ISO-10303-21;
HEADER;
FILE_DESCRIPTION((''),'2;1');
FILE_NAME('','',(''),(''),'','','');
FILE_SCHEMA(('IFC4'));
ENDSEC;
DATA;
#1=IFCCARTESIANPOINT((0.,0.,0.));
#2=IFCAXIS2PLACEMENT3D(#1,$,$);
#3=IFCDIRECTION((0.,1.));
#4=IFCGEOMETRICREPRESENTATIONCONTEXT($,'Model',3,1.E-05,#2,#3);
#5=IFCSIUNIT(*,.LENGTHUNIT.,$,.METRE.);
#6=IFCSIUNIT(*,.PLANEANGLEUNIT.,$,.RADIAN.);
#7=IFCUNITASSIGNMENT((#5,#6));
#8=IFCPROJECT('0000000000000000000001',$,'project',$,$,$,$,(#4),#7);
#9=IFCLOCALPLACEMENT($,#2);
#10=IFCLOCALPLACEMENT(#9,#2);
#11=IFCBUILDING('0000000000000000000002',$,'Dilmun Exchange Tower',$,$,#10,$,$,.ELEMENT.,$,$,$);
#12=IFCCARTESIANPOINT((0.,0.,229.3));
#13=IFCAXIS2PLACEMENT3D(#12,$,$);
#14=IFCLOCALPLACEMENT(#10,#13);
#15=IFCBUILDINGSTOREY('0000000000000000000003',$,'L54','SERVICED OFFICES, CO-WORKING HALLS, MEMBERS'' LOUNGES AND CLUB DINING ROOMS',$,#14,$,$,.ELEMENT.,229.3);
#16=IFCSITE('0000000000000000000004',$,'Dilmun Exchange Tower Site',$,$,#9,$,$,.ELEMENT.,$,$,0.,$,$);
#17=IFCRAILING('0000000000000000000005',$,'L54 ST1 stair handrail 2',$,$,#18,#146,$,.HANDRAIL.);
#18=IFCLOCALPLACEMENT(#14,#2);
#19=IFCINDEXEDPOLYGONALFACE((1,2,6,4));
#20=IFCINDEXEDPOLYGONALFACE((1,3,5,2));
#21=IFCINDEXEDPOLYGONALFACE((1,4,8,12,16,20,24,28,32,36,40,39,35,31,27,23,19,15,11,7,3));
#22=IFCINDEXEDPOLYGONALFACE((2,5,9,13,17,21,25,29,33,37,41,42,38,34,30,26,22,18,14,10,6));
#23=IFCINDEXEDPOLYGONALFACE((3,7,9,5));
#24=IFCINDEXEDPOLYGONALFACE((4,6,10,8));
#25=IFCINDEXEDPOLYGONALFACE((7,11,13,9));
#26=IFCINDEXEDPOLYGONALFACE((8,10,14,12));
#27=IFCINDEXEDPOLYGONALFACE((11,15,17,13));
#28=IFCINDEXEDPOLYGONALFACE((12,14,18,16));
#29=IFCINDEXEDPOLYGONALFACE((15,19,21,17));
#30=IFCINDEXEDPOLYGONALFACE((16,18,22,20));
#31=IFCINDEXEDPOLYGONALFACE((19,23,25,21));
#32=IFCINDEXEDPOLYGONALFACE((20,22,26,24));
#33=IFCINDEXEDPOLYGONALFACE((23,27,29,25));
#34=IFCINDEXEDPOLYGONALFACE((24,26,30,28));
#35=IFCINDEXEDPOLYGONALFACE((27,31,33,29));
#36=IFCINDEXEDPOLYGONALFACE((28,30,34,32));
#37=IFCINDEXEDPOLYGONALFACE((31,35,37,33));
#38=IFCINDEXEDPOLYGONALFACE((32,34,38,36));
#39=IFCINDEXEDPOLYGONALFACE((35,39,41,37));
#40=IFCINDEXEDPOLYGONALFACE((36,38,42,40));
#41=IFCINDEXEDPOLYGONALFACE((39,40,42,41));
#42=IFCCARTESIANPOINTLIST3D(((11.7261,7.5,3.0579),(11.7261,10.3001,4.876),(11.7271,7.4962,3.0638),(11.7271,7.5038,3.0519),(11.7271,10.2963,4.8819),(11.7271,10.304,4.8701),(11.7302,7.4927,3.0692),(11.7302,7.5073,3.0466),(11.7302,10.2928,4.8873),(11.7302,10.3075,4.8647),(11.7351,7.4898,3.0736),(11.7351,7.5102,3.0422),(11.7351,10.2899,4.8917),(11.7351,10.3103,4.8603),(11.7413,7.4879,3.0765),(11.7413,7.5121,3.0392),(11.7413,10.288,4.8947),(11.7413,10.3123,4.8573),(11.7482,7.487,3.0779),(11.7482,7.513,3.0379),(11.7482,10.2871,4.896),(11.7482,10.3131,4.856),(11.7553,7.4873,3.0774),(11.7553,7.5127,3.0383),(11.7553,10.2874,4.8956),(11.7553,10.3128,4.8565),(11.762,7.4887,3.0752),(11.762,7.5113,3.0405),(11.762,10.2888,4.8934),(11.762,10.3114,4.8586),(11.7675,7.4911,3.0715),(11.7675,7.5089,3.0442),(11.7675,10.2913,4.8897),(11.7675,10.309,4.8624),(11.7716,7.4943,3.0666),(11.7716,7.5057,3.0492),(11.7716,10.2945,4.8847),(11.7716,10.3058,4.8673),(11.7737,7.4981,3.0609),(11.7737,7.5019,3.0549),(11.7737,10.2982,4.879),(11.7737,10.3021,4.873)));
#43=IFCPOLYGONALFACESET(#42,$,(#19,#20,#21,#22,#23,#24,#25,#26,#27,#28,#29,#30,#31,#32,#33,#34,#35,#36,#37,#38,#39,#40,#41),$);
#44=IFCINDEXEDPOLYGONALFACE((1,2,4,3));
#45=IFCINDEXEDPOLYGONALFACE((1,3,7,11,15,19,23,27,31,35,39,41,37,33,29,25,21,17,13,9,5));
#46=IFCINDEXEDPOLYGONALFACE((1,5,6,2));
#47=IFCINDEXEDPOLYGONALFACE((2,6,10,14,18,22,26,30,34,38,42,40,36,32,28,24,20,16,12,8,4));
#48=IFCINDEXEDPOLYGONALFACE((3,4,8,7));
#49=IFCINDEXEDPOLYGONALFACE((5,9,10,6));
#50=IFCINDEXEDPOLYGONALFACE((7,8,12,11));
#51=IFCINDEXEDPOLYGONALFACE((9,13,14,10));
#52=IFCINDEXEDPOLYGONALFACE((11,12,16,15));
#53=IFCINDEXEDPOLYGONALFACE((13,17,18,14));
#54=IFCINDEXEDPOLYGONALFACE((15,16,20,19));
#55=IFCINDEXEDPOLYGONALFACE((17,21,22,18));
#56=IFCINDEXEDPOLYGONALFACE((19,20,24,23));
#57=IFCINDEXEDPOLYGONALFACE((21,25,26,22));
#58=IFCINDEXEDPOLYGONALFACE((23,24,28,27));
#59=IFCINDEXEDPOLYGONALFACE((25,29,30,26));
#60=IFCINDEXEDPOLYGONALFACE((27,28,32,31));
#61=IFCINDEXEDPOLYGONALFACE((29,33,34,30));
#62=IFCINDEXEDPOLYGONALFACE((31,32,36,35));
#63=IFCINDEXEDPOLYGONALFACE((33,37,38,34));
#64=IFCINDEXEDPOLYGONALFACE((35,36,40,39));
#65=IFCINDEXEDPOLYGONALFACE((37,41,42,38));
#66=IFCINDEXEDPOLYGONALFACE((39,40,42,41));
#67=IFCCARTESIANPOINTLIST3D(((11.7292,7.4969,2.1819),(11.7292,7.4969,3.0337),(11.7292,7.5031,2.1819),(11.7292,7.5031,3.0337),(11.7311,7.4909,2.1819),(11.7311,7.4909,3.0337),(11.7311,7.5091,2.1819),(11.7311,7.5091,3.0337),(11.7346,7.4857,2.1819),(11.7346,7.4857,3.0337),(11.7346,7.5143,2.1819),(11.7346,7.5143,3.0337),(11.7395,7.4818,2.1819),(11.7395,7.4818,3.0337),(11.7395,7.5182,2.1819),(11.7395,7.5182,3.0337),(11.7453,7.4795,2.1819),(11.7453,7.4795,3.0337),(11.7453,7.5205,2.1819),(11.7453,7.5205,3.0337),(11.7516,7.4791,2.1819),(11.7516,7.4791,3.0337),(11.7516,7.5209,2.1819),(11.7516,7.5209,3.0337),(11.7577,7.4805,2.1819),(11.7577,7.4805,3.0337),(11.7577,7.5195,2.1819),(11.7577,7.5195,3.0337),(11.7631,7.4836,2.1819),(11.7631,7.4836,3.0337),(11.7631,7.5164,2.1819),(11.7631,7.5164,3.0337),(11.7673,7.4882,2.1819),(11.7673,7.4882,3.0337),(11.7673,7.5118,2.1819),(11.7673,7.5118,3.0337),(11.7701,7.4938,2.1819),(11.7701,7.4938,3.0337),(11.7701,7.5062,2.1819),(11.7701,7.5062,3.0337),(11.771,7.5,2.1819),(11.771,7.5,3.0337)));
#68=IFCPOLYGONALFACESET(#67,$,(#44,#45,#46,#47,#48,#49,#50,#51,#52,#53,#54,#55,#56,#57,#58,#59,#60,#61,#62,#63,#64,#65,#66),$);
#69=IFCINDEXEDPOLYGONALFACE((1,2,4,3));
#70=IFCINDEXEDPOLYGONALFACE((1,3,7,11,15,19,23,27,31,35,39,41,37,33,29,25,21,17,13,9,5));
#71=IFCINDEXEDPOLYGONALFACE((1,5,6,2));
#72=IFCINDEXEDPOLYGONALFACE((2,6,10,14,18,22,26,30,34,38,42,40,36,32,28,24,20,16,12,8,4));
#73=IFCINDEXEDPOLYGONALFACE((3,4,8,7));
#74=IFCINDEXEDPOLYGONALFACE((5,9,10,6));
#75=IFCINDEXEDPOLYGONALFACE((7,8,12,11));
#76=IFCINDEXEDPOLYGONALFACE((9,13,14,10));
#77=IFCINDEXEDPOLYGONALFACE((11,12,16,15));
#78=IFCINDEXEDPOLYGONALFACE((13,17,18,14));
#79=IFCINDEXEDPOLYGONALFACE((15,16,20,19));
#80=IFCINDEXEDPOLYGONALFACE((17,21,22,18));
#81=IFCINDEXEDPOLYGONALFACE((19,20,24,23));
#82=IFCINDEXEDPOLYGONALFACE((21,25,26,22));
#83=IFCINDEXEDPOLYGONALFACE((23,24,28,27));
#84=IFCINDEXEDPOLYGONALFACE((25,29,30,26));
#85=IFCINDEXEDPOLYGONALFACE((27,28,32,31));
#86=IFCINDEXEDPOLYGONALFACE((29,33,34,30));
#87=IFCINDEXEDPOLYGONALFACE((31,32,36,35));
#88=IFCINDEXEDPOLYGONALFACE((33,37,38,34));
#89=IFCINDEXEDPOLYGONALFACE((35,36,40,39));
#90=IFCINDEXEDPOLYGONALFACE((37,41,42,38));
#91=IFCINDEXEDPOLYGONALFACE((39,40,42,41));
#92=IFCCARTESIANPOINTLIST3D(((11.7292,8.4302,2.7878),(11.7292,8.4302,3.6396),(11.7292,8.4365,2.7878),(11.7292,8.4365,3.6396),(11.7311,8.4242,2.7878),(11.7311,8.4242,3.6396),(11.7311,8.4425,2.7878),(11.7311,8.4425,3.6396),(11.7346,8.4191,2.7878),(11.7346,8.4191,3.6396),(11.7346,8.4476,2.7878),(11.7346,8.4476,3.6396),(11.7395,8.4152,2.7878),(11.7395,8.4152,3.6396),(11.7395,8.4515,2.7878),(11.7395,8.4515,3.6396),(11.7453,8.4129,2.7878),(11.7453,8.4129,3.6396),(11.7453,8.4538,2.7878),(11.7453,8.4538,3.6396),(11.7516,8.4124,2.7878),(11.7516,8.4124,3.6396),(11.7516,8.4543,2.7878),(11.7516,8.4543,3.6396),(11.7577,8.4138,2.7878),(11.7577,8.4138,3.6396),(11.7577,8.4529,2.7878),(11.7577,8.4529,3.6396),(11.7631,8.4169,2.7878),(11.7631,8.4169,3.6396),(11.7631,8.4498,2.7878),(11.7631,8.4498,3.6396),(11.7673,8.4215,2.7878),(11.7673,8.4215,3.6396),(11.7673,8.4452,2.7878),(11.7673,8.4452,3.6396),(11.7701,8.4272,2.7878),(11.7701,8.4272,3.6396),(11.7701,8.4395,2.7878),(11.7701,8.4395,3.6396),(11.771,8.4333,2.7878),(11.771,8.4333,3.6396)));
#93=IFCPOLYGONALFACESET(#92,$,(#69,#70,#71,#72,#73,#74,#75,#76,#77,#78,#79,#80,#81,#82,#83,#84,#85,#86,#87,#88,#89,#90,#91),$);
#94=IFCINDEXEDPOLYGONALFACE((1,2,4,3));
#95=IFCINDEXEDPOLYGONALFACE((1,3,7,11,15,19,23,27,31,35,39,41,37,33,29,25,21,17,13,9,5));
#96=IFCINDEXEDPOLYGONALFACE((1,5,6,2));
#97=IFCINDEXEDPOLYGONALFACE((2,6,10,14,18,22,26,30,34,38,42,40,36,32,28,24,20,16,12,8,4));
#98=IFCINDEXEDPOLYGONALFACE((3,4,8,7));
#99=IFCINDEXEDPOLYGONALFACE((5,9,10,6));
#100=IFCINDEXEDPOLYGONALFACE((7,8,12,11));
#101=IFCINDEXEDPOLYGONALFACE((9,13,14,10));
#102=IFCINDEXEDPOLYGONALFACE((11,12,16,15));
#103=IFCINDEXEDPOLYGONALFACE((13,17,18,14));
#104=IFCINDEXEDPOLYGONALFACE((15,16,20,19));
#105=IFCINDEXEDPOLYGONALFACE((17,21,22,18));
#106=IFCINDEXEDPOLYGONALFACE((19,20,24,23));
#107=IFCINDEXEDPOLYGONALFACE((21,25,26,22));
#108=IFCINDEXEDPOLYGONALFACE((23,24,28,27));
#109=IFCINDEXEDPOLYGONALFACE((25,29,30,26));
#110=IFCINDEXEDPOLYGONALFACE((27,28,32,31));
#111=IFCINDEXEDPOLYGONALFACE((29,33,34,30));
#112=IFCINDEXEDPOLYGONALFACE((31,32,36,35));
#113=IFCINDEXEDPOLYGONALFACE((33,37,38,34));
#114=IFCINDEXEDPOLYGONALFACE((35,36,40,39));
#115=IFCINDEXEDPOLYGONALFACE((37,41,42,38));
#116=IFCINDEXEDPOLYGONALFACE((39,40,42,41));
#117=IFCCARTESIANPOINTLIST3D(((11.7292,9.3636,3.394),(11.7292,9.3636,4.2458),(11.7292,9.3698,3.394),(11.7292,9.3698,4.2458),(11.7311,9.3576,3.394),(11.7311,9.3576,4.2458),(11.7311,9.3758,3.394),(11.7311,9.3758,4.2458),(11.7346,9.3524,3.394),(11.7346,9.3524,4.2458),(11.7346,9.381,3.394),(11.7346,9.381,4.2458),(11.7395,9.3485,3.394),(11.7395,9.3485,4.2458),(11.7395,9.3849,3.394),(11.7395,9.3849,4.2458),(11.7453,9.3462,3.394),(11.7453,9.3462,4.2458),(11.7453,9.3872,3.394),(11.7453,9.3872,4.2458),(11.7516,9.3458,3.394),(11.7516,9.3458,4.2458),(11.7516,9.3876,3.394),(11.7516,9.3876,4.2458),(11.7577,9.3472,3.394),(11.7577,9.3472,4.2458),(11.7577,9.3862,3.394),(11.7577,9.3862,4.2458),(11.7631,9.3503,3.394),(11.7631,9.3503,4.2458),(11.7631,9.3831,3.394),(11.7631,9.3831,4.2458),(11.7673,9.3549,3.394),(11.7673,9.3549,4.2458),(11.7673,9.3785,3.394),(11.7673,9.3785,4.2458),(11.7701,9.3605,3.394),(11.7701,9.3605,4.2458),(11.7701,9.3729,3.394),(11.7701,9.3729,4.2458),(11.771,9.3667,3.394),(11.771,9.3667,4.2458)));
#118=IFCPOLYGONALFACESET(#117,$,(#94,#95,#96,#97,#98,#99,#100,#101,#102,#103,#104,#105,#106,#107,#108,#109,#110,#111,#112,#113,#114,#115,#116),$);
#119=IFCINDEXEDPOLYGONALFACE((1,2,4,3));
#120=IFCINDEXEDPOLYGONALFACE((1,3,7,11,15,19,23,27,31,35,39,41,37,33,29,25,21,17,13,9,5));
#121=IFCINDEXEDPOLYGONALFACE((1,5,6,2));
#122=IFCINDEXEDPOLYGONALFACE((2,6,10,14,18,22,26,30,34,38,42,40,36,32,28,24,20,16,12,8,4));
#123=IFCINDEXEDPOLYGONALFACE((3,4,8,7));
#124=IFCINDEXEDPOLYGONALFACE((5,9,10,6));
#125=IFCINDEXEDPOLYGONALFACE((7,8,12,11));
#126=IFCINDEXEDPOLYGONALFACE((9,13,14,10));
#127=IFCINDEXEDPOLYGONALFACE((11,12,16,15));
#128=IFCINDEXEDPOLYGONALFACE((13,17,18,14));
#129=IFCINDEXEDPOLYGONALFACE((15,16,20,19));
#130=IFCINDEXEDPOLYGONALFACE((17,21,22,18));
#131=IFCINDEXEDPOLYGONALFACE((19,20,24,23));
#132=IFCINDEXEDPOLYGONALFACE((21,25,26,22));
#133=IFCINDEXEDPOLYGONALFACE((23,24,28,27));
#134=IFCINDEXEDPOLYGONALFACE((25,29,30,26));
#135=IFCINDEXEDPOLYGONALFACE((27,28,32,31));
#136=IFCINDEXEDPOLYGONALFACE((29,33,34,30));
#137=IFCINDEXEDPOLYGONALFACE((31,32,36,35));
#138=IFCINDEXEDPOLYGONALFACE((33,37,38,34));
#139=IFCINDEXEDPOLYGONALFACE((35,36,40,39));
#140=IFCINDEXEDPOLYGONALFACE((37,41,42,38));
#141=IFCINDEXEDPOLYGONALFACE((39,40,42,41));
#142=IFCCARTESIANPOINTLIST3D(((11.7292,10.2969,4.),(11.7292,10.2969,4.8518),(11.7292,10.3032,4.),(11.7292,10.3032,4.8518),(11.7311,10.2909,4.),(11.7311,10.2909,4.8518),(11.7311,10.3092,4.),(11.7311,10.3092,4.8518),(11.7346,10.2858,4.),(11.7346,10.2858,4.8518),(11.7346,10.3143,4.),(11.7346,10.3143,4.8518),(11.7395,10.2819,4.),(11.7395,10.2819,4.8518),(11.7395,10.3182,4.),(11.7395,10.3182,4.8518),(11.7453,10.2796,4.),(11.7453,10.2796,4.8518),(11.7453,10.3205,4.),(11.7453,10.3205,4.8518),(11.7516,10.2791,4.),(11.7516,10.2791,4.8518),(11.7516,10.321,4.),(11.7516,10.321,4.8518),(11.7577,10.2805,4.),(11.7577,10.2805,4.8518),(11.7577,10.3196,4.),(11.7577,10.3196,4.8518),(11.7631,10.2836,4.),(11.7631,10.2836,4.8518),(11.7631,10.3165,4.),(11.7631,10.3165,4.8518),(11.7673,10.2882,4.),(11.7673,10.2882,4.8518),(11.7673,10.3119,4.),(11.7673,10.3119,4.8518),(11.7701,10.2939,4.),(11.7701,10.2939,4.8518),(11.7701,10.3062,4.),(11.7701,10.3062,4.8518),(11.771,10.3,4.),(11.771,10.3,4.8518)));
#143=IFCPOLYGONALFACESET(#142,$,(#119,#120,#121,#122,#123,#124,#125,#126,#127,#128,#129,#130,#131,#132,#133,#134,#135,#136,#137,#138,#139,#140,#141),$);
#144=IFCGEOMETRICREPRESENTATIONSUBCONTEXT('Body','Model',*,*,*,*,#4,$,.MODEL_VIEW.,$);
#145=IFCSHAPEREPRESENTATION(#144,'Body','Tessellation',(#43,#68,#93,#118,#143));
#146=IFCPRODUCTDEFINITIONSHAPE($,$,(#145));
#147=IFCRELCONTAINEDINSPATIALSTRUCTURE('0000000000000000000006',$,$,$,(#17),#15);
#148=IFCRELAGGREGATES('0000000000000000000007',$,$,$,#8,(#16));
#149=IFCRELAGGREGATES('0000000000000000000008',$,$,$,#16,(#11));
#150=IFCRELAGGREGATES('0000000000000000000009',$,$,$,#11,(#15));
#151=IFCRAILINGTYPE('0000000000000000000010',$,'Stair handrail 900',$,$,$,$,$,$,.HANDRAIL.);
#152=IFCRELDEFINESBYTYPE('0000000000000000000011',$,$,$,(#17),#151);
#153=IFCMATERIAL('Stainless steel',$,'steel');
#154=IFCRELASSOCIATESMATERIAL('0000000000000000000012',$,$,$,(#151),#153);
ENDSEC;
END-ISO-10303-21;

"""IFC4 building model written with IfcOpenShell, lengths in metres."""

from ifc_helpers import new_model, si_unit, direction, frame, origin, origin_2d, place, context, subcontext, project, spatial, circle, extrude, material, type_object, element, save


model = new_model("IFC4")

# Units and contexts
model_context = context("Model", 3, precision=1e-05, world=origin(), true_north=direction((0.0, 1.0)))
body_context = subcontext(model_context, "Body", "Model", "MODEL_VIEW")
ifc_project = project(units=[si_unit("LENGTHUNIT", "METRE"), si_unit("PLANEANGLEUNIT", "RADIAN")], contexts=[model_context])

# Site, building, storey
site_placement = place(None, origin())
site = spatial("IfcSite", under=ifc_project, at=site_placement, Name="Dilmun Exchange Tower Site", CompositionType="ELEMENT", RefElevation=0.0)
building_placement = place(site_placement, origin())
building = spatial("IfcBuilding", under=site, at=building_placement, Name="Dilmun Exchange Tower", CompositionType="ELEMENT")
storey_placement = place(building_placement, frame((0.0, 0.0, 229.3)))
storey = spatial("IfcBuildingStorey", under=building, at=storey_placement, Name="L54", Description="SERVICED OFFICES, CO-WORKING HALLS, MEMBERS' LOUNGES AND CLUB DINING ROOMS", CompositionType="ELEMENT", Elevation=229.3)

# Railing
ifc_material_1 = material(Name="Stainless steel", Category="steel")
railing_type = type_object("IfcRailingType", Name="Stair handrail 900", PredefinedType="HANDRAIL", material=ifc_material_1)
railing_placement = place(storey_placement, frame((11.75, 7.5, 2.1819)))
element("IfcRailing", 1, at=railing_placement, inside=storey, type_object=railing_type, Name="L54 ST1 stair handrail 2", PredefinedType="HANDRAIL", context=body_context, shape_type="SweptSolid", body=[
    extrude(circle(Radius=0.0239, at=origin_2d()), frame((0.0, 0.0, 0.876), z_axis=(0.0, 0.838706, 0.544585), x_axis=(-1.0, 0.0, 0.0)), (0.0, 0.0, 1.0), 3.3386),
    extrude(circle(Radius=0.021, at=origin_2d()), origin(), (0.0, 0.0, 1.0), 0.8518),
    extrude(circle(Radius=0.021, at=origin_2d()), frame((0.0, 0.9333, 0.606)), (0.0, 0.0, 1.0), 0.8518),
    extrude(circle(Radius=0.021, at=origin_2d()), frame((0.0, 1.8667, 1.2122)), (0.0, 0.0, 1.0), 0.8518),
    extrude(circle(Radius=0.021, at=origin_2d()), frame((0.0, 2.8, 1.8181)), (0.0, 0.0, 1.0), 0.8518),
])

save(model, "model.ifc")
